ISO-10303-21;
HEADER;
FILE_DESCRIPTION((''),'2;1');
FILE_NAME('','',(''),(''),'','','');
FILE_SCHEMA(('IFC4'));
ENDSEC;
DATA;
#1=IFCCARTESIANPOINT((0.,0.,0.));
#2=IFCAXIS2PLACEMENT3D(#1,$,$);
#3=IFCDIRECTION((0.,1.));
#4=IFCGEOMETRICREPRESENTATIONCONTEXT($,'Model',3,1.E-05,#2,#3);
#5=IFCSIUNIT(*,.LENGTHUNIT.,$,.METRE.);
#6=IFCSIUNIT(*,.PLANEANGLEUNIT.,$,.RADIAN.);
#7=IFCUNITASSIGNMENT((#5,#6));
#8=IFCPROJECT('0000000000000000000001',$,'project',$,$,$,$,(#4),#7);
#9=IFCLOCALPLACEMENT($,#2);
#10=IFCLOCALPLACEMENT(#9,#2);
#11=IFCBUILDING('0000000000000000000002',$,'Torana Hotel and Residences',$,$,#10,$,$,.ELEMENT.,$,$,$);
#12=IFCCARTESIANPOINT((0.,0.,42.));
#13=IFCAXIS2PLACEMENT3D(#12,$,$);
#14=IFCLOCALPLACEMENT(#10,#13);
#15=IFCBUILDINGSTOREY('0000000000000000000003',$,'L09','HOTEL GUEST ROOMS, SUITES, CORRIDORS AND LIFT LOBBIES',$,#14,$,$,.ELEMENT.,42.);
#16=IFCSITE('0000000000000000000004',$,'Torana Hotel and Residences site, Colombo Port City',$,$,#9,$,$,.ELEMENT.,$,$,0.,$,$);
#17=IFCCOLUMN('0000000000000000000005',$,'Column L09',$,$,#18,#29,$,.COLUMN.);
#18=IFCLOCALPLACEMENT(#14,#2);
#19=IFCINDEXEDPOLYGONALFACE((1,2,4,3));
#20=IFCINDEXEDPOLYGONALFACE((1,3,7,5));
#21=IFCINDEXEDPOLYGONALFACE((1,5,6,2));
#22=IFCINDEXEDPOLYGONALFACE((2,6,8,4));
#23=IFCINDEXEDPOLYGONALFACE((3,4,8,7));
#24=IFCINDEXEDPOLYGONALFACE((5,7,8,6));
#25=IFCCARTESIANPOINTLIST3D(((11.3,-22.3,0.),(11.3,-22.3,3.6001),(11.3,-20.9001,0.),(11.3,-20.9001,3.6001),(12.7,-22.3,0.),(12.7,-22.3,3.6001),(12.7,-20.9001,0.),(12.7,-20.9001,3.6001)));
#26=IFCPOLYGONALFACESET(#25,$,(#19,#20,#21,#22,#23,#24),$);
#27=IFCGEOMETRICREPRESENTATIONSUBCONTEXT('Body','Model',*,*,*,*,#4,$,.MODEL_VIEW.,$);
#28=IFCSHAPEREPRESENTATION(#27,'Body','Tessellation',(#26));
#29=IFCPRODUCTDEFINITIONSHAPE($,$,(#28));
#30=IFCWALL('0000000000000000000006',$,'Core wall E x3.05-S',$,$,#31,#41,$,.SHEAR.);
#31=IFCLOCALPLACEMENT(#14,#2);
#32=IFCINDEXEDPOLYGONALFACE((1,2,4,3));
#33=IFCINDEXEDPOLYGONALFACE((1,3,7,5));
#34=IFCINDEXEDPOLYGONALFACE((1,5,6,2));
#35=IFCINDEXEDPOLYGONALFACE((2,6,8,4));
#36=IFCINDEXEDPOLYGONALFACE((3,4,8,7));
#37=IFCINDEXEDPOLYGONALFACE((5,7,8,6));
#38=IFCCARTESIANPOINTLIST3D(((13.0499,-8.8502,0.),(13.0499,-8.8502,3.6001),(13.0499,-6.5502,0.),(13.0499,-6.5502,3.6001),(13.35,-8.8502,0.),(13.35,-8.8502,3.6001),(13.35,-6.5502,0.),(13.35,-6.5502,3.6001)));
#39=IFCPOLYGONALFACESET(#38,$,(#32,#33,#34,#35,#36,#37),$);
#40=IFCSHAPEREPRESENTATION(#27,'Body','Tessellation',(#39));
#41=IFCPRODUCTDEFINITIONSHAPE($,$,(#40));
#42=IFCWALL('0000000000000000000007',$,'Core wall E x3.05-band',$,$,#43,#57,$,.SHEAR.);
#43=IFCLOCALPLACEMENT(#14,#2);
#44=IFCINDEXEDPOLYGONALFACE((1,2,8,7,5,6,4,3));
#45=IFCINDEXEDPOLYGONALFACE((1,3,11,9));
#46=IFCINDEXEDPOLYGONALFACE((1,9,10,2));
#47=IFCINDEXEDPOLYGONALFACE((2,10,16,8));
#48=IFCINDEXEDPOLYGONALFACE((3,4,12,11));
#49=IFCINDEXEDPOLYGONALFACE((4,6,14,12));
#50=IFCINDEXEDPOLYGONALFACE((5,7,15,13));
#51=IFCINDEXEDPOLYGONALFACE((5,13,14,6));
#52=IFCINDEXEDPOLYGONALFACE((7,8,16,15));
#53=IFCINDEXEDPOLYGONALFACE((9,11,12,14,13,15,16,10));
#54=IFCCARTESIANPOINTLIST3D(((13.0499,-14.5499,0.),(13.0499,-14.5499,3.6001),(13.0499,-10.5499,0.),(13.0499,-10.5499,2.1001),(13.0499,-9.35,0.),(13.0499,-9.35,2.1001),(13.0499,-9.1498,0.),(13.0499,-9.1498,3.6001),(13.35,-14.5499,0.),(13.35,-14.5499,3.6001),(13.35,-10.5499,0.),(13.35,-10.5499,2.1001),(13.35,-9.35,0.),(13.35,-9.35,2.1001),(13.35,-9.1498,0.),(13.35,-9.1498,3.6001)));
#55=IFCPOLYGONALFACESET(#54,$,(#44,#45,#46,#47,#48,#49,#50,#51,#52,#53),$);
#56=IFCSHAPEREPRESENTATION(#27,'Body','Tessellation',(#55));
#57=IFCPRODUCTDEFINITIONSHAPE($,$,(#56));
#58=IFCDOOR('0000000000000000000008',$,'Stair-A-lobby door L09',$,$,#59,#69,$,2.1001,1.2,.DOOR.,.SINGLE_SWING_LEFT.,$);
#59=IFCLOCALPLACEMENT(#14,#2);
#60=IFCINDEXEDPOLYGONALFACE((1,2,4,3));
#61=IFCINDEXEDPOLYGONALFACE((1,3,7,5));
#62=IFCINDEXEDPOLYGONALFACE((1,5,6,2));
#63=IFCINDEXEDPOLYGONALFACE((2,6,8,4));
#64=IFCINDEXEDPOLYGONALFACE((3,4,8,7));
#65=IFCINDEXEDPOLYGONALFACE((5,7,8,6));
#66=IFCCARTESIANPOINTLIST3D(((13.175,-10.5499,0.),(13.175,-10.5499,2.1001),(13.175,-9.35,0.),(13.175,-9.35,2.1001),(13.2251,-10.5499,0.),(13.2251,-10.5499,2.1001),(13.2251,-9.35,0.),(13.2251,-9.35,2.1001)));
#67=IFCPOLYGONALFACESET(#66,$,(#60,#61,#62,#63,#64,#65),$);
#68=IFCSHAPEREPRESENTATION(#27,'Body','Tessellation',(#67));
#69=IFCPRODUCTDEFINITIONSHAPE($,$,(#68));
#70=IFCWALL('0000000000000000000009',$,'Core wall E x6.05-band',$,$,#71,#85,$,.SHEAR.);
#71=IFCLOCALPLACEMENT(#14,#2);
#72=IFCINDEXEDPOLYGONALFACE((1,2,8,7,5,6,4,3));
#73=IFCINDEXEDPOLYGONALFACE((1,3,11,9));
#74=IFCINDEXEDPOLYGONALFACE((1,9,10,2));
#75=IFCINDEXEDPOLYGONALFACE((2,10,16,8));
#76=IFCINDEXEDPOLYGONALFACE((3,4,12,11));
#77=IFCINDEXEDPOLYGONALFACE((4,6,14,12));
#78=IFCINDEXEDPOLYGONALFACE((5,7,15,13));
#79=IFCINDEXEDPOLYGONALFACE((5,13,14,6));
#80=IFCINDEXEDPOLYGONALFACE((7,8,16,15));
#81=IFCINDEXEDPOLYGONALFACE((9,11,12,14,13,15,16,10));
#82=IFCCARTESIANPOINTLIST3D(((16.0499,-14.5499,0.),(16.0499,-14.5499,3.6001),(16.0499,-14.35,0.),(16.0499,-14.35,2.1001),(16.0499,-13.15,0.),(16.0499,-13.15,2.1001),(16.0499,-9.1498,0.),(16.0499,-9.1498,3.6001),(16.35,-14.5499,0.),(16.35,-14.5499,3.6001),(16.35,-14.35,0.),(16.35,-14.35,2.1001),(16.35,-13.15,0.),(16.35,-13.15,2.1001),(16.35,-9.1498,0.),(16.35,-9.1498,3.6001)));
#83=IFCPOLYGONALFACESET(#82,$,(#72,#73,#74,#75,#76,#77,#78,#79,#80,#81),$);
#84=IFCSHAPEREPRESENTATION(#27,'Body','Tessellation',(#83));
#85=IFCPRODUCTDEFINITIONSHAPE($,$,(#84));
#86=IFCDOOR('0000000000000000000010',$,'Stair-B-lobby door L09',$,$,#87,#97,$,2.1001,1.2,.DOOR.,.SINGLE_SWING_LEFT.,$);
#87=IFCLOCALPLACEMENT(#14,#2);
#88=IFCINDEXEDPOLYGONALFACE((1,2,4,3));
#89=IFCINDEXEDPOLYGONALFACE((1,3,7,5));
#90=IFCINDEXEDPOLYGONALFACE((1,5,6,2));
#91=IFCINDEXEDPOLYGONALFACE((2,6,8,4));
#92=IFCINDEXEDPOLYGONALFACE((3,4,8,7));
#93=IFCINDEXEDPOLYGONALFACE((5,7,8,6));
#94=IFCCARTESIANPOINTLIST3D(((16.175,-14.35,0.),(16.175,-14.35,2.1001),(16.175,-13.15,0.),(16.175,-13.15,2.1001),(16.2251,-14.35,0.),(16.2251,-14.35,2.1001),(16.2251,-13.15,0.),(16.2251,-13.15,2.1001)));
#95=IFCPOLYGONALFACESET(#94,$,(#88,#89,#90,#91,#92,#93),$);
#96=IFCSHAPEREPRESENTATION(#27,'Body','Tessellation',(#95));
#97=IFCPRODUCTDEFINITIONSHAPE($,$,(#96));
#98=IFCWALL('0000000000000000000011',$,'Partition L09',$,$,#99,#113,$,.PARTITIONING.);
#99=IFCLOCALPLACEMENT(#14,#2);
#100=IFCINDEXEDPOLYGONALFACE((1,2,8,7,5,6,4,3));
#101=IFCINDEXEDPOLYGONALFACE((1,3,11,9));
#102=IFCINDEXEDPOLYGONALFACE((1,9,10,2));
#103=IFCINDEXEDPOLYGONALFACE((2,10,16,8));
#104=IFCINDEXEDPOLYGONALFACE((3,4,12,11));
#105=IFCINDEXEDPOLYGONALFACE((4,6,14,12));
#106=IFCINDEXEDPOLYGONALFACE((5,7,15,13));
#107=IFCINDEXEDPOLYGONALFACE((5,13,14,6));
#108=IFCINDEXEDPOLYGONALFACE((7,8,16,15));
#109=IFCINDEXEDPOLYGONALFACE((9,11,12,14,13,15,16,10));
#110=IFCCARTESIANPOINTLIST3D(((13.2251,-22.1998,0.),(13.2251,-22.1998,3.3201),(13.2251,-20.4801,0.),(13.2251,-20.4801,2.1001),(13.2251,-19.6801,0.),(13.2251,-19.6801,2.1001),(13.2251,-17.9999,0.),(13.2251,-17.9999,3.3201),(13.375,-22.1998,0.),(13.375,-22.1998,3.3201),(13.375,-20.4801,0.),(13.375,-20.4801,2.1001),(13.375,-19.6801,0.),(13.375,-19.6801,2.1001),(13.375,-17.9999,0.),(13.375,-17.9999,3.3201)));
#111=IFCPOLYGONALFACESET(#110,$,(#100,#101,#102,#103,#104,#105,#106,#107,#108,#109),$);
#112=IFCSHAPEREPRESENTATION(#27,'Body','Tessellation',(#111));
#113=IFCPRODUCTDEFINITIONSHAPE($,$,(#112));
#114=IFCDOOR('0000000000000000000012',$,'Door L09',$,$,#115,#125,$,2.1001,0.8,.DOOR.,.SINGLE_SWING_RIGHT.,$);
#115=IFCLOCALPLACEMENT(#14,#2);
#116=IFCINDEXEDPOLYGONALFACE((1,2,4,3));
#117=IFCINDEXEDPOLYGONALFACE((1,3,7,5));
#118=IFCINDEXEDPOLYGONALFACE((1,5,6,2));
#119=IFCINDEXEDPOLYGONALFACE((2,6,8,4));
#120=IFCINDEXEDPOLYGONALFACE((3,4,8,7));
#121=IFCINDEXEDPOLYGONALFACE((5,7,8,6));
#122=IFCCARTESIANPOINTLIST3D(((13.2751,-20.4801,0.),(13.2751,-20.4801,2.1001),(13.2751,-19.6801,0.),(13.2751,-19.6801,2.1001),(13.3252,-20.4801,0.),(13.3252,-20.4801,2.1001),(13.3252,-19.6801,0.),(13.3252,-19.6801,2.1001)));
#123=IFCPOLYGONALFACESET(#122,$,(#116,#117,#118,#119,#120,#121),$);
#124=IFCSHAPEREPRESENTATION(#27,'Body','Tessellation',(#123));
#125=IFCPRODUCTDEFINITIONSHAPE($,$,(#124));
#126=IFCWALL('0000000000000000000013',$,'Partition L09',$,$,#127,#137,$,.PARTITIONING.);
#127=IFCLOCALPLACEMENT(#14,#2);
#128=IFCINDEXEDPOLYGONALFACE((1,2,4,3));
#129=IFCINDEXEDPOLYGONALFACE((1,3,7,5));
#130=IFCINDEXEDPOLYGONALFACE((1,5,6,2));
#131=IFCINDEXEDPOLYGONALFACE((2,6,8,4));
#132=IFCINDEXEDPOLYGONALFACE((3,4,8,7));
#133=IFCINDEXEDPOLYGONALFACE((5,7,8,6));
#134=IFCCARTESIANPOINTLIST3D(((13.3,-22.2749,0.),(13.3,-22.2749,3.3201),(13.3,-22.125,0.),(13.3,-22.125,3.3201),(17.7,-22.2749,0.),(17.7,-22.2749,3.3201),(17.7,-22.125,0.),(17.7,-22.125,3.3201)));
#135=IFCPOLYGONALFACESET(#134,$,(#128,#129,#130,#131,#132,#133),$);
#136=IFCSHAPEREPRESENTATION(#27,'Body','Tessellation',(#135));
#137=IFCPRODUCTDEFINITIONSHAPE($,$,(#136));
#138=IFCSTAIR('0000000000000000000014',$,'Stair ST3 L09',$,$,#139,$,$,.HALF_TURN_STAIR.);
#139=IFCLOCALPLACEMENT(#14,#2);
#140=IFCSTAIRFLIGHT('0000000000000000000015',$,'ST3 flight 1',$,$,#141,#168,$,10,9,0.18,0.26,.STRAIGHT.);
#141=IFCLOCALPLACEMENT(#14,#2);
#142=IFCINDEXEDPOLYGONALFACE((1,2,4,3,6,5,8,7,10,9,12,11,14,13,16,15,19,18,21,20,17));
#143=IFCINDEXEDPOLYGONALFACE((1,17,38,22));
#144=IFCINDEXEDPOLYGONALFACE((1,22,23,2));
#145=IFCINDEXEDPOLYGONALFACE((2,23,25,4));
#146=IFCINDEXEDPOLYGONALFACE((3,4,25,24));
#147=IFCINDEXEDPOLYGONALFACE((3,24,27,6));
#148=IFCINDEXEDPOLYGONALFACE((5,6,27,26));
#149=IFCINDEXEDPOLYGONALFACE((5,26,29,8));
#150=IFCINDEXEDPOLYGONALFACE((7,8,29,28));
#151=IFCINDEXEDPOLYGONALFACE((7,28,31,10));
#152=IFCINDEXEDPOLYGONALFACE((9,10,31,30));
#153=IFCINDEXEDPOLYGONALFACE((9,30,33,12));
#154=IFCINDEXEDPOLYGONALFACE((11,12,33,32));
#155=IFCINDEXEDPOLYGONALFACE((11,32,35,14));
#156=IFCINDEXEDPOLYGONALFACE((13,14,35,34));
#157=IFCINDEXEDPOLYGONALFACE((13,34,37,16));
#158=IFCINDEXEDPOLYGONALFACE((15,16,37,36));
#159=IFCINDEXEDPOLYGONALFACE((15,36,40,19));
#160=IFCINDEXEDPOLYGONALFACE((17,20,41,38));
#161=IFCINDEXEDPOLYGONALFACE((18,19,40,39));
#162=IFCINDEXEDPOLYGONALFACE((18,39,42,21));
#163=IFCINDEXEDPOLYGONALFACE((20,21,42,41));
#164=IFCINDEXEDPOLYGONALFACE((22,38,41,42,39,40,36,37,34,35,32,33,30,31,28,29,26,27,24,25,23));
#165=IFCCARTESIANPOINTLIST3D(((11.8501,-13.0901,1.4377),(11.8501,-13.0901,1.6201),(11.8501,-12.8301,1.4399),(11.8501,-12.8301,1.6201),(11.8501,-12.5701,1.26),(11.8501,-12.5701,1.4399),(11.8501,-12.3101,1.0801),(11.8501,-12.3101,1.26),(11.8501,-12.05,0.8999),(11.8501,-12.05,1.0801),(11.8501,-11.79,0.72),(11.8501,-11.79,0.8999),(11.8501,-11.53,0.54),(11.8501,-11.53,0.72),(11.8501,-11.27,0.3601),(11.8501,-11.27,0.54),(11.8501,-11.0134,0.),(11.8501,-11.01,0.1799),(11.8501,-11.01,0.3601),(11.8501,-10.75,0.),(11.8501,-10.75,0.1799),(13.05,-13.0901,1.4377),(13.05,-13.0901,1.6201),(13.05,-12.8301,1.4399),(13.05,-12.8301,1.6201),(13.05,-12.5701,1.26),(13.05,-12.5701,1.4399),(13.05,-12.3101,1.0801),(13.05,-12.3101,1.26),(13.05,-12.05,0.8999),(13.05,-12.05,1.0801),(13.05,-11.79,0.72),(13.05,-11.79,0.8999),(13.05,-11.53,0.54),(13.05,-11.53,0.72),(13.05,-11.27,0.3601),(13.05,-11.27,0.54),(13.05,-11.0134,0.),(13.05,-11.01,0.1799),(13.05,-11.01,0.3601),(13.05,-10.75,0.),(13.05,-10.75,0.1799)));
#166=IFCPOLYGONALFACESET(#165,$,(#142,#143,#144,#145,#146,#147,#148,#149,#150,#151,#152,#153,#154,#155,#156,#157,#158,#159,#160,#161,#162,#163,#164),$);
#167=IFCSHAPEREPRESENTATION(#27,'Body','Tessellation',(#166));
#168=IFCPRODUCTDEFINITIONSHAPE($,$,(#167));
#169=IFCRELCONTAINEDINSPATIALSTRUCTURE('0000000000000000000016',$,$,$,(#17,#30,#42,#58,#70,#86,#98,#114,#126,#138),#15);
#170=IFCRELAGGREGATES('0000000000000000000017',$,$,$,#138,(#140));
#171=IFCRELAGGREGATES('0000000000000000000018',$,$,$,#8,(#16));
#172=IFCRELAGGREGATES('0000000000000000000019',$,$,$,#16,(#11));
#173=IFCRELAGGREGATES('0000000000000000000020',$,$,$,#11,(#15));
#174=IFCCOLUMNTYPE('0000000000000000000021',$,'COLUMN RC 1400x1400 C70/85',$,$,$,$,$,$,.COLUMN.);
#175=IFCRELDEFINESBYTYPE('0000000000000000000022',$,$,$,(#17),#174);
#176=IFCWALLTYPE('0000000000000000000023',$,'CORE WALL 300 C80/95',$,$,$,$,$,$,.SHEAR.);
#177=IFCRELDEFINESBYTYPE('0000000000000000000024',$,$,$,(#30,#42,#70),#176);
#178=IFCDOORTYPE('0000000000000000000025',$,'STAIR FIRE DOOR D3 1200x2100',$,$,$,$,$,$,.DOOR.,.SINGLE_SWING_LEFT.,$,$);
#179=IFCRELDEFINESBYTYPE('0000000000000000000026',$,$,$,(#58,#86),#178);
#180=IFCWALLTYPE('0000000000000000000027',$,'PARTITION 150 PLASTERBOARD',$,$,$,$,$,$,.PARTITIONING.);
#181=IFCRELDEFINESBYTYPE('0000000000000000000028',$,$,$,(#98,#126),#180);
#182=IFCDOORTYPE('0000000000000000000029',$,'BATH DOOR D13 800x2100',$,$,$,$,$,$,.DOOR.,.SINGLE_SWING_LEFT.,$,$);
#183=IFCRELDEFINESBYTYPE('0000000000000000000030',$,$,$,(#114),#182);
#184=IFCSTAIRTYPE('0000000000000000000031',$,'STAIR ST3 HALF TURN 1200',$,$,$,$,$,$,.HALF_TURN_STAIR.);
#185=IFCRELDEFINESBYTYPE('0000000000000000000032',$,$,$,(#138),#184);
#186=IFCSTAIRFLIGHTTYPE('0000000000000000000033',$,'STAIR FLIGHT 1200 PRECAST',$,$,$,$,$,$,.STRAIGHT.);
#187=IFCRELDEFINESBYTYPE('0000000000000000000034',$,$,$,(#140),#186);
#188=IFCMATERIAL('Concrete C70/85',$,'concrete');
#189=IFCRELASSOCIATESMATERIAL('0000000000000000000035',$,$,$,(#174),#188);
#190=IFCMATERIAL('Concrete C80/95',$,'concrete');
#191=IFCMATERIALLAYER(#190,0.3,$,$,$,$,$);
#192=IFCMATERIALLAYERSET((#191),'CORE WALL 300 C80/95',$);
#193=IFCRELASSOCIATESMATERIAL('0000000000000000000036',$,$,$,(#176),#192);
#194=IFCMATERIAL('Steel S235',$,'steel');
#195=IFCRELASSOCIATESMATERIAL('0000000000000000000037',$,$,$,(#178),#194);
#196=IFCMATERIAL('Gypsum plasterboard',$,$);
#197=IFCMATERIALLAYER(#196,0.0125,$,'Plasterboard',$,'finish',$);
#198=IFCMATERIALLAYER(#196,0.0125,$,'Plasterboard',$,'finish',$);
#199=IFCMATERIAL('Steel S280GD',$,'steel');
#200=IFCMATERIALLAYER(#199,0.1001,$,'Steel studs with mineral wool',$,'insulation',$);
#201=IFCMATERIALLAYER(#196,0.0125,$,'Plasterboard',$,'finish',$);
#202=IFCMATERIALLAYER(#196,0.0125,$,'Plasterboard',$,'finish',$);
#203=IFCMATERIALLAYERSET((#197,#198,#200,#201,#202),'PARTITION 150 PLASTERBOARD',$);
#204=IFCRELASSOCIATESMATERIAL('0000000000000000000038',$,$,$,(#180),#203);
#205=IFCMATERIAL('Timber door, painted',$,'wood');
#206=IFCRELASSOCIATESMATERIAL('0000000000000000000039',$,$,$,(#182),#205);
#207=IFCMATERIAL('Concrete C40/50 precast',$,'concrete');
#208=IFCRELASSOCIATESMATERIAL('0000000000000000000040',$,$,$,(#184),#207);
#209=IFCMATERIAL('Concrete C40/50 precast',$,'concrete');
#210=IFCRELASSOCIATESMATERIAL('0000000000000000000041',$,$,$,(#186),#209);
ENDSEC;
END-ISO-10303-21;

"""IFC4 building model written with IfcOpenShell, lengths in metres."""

from ifc_helpers import new_model, si_unit, direction, frame, frame_2d, origin, origin_2d, place, context, subcontext, project, spatial, polyline, rectangle, outline, extrude, material, layer, layer_set, material_profile, profile_set, type_object, element, fill, aggregate, save


model = new_model("IFC4")

# Units and contexts
model_context = context("Model", 3, precision=1e-05, world=origin(), true_north=direction((0.0, 1.0)))
body_context = subcontext(model_context, "Body", "Model", "MODEL_VIEW")
ifc_project = project(units=[si_unit("LENGTHUNIT", "METRE"), si_unit("PLANEANGLEUNIT", "RADIAN")], contexts=[model_context])

# Site, building, storey
site_placement = place(None, origin())
site = spatial("IfcSite", under=ifc_project, at=site_placement, Name="Torana Hotel and Residences site, Colombo Port City", CompositionType="ELEMENT", RefElevation=0.0)
building_placement = place(site_placement, origin())
building = spatial("IfcBuilding", under=site, at=building_placement, Name="Torana Hotel and Residences", CompositionType="ELEMENT")
storey_placement = place(building_placement, frame((0.0, 0.0, 42.0)))
storey = spatial("IfcBuildingStorey", under=building, at=storey_placement, Name="L09", Description="HOTEL GUEST ROOMS, SUITES, CORRIDORS AND LIFT LOBBIES", CompositionType="ELEMENT", Elevation=42.0)

# Column
ifc_material_1 = material(Name="Concrete C70/85", Category="concrete")
ifc_material_profile = material_profile(ifc_material_1, rectangle(XDim=1.3999, YDim=1.3999, at=origin_2d()), Name="RC 1400x1400")
ifc_profile_set = profile_set([ifc_material_profile], Name="Concrete C70/85")
column_type = type_object("IfcColumnType", Name="COLUMN RC 1400x1400 C70/85", PredefinedType="COLUMN", material=ifc_profile_set)
column_placement = place(storey_placement, frame((12.0, -21.6001, 0.0), z_axis=(0.0, 0.0, 1.0), x_axis=(1.0, 0.0, 0.0)))
element("IfcColumn", 1, at=column_placement, inside=storey, type_object=column_type, Name="Column L09", PredefinedType="COLUMN", context=body_context, shape_type="SweptSolid", body=[
    extrude(rectangle(XDim=1.3999, YDim=1.3999, at=origin_2d()), origin(), (0.0, 0.0, 1.0), 3.6001),
])

# Wall
ifc_material_2 = material(Name="Concrete C80/95", Category="concrete")
ifc_layer_1 = layer(ifc_material_2, 0.3)
ifc_layer_set_1 = layer_set([ifc_layer_1], Name="CORE WALL 300 C80/95")
wall_type_1 = type_object("IfcWallType", Name="CORE WALL 300 C80/95", PredefinedType="SHEAR", material=ifc_layer_set_1)
wall_1_placement = place(storey_placement, frame((13.2, -8.8501, 0.0), z_axis=(0.0, 0.0, 1.0), x_axis=(0.0, 1.0, 0.0)))
element("IfcWall", 2, at=wall_1_placement, inside=storey, type_object=wall_type_1, Name="Core wall E x3.05-S", PredefinedType="SHEAR", context=body_context, shape_type="SweptSolid", body=[
    extrude(rectangle(XDim=2.3, YDim=0.3, at=frame_2d((1.1499, 0.0))), origin(), (0.0, 0.0, 1.0), 3.6001),
])

# Walls, openings, doors
wall_2_placement = place(storey_placement, frame((13.2, -14.55, 0.0), z_axis=(0.0, 0.0, 1.0), x_axis=(0.0, 1.0, 0.0)))
wall_2 = element("IfcWall", 3, at=wall_2_placement, inside=storey, type_object=wall_type_1, Name="Core wall E x3.05-band", PredefinedType="SHEAR", context=body_context, shape_type="SweptSolid", body=[
    extrude(rectangle(XDim=5.4001, YDim=0.3, at=frame_2d((2.7002, 0.0))), origin(), (0.0, 0.0, 1.0), 3.6001),
])
opening_1_placement = place(wall_2_placement, frame((4.0, 0.0, 0.0)))
opening_1 = element("IfcOpeningElement", 4, at=opening_1_placement, cuts=wall_2, PredefinedType="OPENING", context=body_context, shape_type="SweptSolid", body=[
    extrude(rectangle(XDim=1.2, YDim=2.1001, at=frame_2d((0.6001, 1.05))), frame((0.0, 0.1599, 0.0), z_axis=(0.0, -1.0, 0.0), x_axis=(1.0, 0.0, 0.0)), (0.0, 0.0, 1.0), 0.3201),
])
ifc_material_3 = material(Name="Steel S235", Category="steel")
door_type_1 = type_object("IfcDoorType", Name="STAIR FIRE DOOR D3 1200x2100", OperationType="SINGLE_SWING_LEFT", PredefinedType="DOOR", material=ifc_material_3)
door_1_placement = place(opening_1_placement, origin())
door_1 = element("IfcDoor", 5, at=door_1_placement, inside=storey, type_object=door_type_1, Name="Stair-A-lobby door L09", OperationType="SINGLE_SWING_LEFT", OverallHeight=2.1001, OverallWidth=1.2, PredefinedType="DOOR", context=body_context, shape_type="SweptSolid", body=[
    extrude(rectangle(XDim=1.2, YDim=2.1001, at=frame_2d((0.6001, 1.05))), frame((0.0, 0.0249, 0.0), z_axis=(0.0, -1.0, 0.0), x_axis=(1.0, 0.0, 0.0)), (0.0, 0.0, 1.0), 0.05),
])
fill(opening_1, door_1)
wall_3_placement = place(storey_placement, frame((16.2, -14.55, 0.0), z_axis=(0.0, 0.0, 1.0), x_axis=(0.0, 1.0, 0.0)))
wall_3 = element("IfcWall", 6, at=wall_3_placement, inside=storey, type_object=wall_type_1, Name="Core wall E x6.05-band", PredefinedType="SHEAR", context=body_context, shape_type="SweptSolid", body=[
    extrude(rectangle(XDim=5.4001, YDim=0.3, at=frame_2d((2.7002, 0.0))), origin(), (0.0, 0.0, 1.0), 3.6001),
])
opening_2_placement = place(wall_3_placement, frame((0.2, 0.0, 0.0)))
opening_2 = element("IfcOpeningElement", 7, at=opening_2_placement, cuts=wall_3, PredefinedType="OPENING", context=body_context, shape_type="SweptSolid", body=[
    extrude(rectangle(XDim=1.2, YDim=2.1001, at=frame_2d((0.6001, 1.05))), frame((0.0, 0.1599, 0.0), z_axis=(0.0, -1.0, 0.0), x_axis=(1.0, 0.0, 0.0)), (0.0, 0.0, 1.0), 0.3201),
])
door_2_placement = place(opening_2_placement, frame((0.6001, 0.0, 0.0), z_axis=(0.0, 0.0, 1.0), x_axis=(-1.0, 0.0, 0.0)))
door_2 = element("IfcDoor", 8, at=door_2_placement, inside=storey, type_object=door_type_1, Name="Stair-B-lobby door L09", OperationType="SINGLE_SWING_LEFT", OverallHeight=2.1001, OverallWidth=1.2, PredefinedType="DOOR", context=body_context, shape_type="SweptSolid", body=[
    extrude(rectangle(XDim=1.2, YDim=2.1001, at=frame_2d((0.0, 1.05))), frame((0.0, -0.0249, 0.0), z_axis=(0.0, 1.0, 0.0), x_axis=(-1.0, 0.0, 0.0)), (0.0, 0.0, 1.0), 0.05),
])
fill(opening_2, door_2)
ifc_material_4 = material(Name="Gypsum plasterboard")
ifc_layer_2 = layer(ifc_material_4, 0.0125, Name="Plasterboard", Category="finish")
ifc_layer_3 = layer(ifc_material_4, 0.0125, Name="Plasterboard", Category="finish")
ifc_material_5 = material(Name="Steel S280GD", Category="steel")
ifc_layer_4 = layer(ifc_material_5, 0.1001, Name="Steel studs with mineral wool", Category="insulation")
ifc_layer_5 = layer(ifc_material_4, 0.0125, Name="Plasterboard", Category="finish")
ifc_layer_6 = layer(ifc_material_4, 0.0125, Name="Plasterboard", Category="finish")
ifc_layer_set_2 = layer_set([ifc_layer_2, ifc_layer_3, ifc_layer_4, ifc_layer_5, ifc_layer_6], Name="PARTITION 150 PLASTERBOARD")
wall_type_2 = type_object("IfcWallType", Name="PARTITION 150 PLASTERBOARD", PredefinedType="PARTITIONING", material=ifc_layer_set_2)
wall_4_placement = place(storey_placement, frame((13.3, -22.2, 0.0), z_axis=(0.0, 0.0, 1.0), x_axis=(0.0, 1.0, 0.0)))
wall_4 = element("IfcWall", 9, at=wall_4_placement, inside=storey, type_object=wall_type_2, Name="Partition L09", PredefinedType="PARTITIONING", context=body_context, shape_type="SweptSolid", body=[
    extrude(rectangle(XDim=4.2, YDim=0.1499, at=frame_2d((2.1001, 0.0))), origin(), (0.0, 0.0, 1.0), 3.3201),
])
opening_3_placement = place(wall_4_placement, frame((1.72, 0.0, 0.0)))
opening_3 = element("IfcOpeningElement", 10, at=opening_3_placement, cuts=wall_4, PredefinedType="OPENING", context=body_context, shape_type="SweptSolid", body=[
    extrude(rectangle(XDim=0.8, YDim=2.1001, at=frame_2d((0.3999, 1.05))), frame((0.0, 0.085, 0.0), z_axis=(0.0, -1.0, 0.0), x_axis=(1.0, 0.0, 0.0)), (0.0, 0.0, 1.0), 0.1699),
])
ifc_material_6 = material(Name="Timber door, painted", Category="wood")
door_type_2 = type_object("IfcDoorType", Name="BATH DOOR D13 800x2100", OperationType="SINGLE_SWING_LEFT", PredefinedType="DOOR", material=ifc_material_6)
door_3_placement = place(opening_3_placement, origin())
door_3 = element("IfcDoor", 11, at=door_3_placement, inside=storey, type_object=door_type_2, Name="Door L09", OperationType="SINGLE_SWING_RIGHT", OverallHeight=2.1001, OverallWidth=0.8, PredefinedType="DOOR", context=body_context, shape_type="SweptSolid", body=[
    extrude(rectangle(XDim=0.8, YDim=2.1001, at=frame_2d((0.3999, 1.05))), frame((0.0, 0.0249, 0.0), z_axis=(0.0, -1.0, 0.0), x_axis=(1.0, 0.0, 0.0)), (0.0, 0.0, 1.0), 0.05),
])
fill(opening_3, door_3)

# Wall
wall_5_placement = place(storey_placement, frame((13.3, -22.2, 0.0), z_axis=(0.0, 0.0, 1.0), x_axis=(1.0, 0.0, 0.0)))
element("IfcWall", 12, at=wall_5_placement, inside=storey, type_object=wall_type_2, Name="Partition L09", PredefinedType="PARTITIONING", context=body_context, shape_type="SweptSolid", body=[
    extrude(rectangle(XDim=4.3999, YDim=0.1499, at=frame_2d((2.2, 0.0))), origin(), (0.0, 0.0, 1.0), 3.3201),
])

# Stair, stair flight
ifc_material_7 = material(Name="Concrete C40/50 precast", Category="concrete")
stair_type = type_object("IfcStairType", Name="STAIR ST3 HALF TURN 1200", PredefinedType="HALF_TURN_STAIR", material=ifc_material_7)
stair_placement = place(storey_placement, origin())
stair = element("IfcStair", 13, at=stair_placement, inside=storey, type_object=stair_type, Name="Stair ST3 L09", PredefinedType="HALF_TURN_STAIR")
ifc_material_8 = material(Name="Concrete C40/50 precast", Category="concrete")
stair_flight_type = type_object("IfcStairFlightType", Name="STAIR FLIGHT 1200 PRECAST", PredefinedType="STRAIGHT", material=ifc_material_8)
stair_flight_placement = place(storey_placement, frame((12.45, -10.75, 0.0), z_axis=(0.0, 0.0, 1.0), x_axis=(0.0, -1.0, 0.0)))
stair_flight = element("IfcStairFlight", 14, at=stair_flight_placement, type_object=stair_flight_type, Name="ST3 flight 1", NumberOfRisers=10, NumberOfTreads=9, PredefinedType="STRAIGHT", RiserHeight=0.18, TreadLength=0.26, context=body_context, shape_type="SweptSolid", body=[
    extrude(outline(polyline([(0.0, 0.0), (0.0, 0.1799), (0.26, 0.1799), (0.26, 0.3601), (0.52, 0.3601), (0.52, 0.54), (0.78, 0.54), (0.78, 0.72), (1.04, 0.72), (1.04, 0.8999), (1.3, 0.8999), (1.3, 1.0801), (1.5601, 1.0801), (1.5601, 1.26), (1.8201, 1.26), (1.8201, 1.4399), (2.0801, 1.4399), (2.0801, 1.6201), (2.3401, 1.6201), (2.3401, 1.8), (2.3401, 1.4377), (0.2634, 0.0), (0.0, 0.0)])), frame((0.0, 0.6001, 0.0), z_axis=(0.0, -1.0, 0.0), x_axis=(1.0, 0.0, 0.0)), (0.0, 0.0, 1.0), 1.2),
])
aggregate(stair, [stair_flight])

save(model, "model.ifc")
